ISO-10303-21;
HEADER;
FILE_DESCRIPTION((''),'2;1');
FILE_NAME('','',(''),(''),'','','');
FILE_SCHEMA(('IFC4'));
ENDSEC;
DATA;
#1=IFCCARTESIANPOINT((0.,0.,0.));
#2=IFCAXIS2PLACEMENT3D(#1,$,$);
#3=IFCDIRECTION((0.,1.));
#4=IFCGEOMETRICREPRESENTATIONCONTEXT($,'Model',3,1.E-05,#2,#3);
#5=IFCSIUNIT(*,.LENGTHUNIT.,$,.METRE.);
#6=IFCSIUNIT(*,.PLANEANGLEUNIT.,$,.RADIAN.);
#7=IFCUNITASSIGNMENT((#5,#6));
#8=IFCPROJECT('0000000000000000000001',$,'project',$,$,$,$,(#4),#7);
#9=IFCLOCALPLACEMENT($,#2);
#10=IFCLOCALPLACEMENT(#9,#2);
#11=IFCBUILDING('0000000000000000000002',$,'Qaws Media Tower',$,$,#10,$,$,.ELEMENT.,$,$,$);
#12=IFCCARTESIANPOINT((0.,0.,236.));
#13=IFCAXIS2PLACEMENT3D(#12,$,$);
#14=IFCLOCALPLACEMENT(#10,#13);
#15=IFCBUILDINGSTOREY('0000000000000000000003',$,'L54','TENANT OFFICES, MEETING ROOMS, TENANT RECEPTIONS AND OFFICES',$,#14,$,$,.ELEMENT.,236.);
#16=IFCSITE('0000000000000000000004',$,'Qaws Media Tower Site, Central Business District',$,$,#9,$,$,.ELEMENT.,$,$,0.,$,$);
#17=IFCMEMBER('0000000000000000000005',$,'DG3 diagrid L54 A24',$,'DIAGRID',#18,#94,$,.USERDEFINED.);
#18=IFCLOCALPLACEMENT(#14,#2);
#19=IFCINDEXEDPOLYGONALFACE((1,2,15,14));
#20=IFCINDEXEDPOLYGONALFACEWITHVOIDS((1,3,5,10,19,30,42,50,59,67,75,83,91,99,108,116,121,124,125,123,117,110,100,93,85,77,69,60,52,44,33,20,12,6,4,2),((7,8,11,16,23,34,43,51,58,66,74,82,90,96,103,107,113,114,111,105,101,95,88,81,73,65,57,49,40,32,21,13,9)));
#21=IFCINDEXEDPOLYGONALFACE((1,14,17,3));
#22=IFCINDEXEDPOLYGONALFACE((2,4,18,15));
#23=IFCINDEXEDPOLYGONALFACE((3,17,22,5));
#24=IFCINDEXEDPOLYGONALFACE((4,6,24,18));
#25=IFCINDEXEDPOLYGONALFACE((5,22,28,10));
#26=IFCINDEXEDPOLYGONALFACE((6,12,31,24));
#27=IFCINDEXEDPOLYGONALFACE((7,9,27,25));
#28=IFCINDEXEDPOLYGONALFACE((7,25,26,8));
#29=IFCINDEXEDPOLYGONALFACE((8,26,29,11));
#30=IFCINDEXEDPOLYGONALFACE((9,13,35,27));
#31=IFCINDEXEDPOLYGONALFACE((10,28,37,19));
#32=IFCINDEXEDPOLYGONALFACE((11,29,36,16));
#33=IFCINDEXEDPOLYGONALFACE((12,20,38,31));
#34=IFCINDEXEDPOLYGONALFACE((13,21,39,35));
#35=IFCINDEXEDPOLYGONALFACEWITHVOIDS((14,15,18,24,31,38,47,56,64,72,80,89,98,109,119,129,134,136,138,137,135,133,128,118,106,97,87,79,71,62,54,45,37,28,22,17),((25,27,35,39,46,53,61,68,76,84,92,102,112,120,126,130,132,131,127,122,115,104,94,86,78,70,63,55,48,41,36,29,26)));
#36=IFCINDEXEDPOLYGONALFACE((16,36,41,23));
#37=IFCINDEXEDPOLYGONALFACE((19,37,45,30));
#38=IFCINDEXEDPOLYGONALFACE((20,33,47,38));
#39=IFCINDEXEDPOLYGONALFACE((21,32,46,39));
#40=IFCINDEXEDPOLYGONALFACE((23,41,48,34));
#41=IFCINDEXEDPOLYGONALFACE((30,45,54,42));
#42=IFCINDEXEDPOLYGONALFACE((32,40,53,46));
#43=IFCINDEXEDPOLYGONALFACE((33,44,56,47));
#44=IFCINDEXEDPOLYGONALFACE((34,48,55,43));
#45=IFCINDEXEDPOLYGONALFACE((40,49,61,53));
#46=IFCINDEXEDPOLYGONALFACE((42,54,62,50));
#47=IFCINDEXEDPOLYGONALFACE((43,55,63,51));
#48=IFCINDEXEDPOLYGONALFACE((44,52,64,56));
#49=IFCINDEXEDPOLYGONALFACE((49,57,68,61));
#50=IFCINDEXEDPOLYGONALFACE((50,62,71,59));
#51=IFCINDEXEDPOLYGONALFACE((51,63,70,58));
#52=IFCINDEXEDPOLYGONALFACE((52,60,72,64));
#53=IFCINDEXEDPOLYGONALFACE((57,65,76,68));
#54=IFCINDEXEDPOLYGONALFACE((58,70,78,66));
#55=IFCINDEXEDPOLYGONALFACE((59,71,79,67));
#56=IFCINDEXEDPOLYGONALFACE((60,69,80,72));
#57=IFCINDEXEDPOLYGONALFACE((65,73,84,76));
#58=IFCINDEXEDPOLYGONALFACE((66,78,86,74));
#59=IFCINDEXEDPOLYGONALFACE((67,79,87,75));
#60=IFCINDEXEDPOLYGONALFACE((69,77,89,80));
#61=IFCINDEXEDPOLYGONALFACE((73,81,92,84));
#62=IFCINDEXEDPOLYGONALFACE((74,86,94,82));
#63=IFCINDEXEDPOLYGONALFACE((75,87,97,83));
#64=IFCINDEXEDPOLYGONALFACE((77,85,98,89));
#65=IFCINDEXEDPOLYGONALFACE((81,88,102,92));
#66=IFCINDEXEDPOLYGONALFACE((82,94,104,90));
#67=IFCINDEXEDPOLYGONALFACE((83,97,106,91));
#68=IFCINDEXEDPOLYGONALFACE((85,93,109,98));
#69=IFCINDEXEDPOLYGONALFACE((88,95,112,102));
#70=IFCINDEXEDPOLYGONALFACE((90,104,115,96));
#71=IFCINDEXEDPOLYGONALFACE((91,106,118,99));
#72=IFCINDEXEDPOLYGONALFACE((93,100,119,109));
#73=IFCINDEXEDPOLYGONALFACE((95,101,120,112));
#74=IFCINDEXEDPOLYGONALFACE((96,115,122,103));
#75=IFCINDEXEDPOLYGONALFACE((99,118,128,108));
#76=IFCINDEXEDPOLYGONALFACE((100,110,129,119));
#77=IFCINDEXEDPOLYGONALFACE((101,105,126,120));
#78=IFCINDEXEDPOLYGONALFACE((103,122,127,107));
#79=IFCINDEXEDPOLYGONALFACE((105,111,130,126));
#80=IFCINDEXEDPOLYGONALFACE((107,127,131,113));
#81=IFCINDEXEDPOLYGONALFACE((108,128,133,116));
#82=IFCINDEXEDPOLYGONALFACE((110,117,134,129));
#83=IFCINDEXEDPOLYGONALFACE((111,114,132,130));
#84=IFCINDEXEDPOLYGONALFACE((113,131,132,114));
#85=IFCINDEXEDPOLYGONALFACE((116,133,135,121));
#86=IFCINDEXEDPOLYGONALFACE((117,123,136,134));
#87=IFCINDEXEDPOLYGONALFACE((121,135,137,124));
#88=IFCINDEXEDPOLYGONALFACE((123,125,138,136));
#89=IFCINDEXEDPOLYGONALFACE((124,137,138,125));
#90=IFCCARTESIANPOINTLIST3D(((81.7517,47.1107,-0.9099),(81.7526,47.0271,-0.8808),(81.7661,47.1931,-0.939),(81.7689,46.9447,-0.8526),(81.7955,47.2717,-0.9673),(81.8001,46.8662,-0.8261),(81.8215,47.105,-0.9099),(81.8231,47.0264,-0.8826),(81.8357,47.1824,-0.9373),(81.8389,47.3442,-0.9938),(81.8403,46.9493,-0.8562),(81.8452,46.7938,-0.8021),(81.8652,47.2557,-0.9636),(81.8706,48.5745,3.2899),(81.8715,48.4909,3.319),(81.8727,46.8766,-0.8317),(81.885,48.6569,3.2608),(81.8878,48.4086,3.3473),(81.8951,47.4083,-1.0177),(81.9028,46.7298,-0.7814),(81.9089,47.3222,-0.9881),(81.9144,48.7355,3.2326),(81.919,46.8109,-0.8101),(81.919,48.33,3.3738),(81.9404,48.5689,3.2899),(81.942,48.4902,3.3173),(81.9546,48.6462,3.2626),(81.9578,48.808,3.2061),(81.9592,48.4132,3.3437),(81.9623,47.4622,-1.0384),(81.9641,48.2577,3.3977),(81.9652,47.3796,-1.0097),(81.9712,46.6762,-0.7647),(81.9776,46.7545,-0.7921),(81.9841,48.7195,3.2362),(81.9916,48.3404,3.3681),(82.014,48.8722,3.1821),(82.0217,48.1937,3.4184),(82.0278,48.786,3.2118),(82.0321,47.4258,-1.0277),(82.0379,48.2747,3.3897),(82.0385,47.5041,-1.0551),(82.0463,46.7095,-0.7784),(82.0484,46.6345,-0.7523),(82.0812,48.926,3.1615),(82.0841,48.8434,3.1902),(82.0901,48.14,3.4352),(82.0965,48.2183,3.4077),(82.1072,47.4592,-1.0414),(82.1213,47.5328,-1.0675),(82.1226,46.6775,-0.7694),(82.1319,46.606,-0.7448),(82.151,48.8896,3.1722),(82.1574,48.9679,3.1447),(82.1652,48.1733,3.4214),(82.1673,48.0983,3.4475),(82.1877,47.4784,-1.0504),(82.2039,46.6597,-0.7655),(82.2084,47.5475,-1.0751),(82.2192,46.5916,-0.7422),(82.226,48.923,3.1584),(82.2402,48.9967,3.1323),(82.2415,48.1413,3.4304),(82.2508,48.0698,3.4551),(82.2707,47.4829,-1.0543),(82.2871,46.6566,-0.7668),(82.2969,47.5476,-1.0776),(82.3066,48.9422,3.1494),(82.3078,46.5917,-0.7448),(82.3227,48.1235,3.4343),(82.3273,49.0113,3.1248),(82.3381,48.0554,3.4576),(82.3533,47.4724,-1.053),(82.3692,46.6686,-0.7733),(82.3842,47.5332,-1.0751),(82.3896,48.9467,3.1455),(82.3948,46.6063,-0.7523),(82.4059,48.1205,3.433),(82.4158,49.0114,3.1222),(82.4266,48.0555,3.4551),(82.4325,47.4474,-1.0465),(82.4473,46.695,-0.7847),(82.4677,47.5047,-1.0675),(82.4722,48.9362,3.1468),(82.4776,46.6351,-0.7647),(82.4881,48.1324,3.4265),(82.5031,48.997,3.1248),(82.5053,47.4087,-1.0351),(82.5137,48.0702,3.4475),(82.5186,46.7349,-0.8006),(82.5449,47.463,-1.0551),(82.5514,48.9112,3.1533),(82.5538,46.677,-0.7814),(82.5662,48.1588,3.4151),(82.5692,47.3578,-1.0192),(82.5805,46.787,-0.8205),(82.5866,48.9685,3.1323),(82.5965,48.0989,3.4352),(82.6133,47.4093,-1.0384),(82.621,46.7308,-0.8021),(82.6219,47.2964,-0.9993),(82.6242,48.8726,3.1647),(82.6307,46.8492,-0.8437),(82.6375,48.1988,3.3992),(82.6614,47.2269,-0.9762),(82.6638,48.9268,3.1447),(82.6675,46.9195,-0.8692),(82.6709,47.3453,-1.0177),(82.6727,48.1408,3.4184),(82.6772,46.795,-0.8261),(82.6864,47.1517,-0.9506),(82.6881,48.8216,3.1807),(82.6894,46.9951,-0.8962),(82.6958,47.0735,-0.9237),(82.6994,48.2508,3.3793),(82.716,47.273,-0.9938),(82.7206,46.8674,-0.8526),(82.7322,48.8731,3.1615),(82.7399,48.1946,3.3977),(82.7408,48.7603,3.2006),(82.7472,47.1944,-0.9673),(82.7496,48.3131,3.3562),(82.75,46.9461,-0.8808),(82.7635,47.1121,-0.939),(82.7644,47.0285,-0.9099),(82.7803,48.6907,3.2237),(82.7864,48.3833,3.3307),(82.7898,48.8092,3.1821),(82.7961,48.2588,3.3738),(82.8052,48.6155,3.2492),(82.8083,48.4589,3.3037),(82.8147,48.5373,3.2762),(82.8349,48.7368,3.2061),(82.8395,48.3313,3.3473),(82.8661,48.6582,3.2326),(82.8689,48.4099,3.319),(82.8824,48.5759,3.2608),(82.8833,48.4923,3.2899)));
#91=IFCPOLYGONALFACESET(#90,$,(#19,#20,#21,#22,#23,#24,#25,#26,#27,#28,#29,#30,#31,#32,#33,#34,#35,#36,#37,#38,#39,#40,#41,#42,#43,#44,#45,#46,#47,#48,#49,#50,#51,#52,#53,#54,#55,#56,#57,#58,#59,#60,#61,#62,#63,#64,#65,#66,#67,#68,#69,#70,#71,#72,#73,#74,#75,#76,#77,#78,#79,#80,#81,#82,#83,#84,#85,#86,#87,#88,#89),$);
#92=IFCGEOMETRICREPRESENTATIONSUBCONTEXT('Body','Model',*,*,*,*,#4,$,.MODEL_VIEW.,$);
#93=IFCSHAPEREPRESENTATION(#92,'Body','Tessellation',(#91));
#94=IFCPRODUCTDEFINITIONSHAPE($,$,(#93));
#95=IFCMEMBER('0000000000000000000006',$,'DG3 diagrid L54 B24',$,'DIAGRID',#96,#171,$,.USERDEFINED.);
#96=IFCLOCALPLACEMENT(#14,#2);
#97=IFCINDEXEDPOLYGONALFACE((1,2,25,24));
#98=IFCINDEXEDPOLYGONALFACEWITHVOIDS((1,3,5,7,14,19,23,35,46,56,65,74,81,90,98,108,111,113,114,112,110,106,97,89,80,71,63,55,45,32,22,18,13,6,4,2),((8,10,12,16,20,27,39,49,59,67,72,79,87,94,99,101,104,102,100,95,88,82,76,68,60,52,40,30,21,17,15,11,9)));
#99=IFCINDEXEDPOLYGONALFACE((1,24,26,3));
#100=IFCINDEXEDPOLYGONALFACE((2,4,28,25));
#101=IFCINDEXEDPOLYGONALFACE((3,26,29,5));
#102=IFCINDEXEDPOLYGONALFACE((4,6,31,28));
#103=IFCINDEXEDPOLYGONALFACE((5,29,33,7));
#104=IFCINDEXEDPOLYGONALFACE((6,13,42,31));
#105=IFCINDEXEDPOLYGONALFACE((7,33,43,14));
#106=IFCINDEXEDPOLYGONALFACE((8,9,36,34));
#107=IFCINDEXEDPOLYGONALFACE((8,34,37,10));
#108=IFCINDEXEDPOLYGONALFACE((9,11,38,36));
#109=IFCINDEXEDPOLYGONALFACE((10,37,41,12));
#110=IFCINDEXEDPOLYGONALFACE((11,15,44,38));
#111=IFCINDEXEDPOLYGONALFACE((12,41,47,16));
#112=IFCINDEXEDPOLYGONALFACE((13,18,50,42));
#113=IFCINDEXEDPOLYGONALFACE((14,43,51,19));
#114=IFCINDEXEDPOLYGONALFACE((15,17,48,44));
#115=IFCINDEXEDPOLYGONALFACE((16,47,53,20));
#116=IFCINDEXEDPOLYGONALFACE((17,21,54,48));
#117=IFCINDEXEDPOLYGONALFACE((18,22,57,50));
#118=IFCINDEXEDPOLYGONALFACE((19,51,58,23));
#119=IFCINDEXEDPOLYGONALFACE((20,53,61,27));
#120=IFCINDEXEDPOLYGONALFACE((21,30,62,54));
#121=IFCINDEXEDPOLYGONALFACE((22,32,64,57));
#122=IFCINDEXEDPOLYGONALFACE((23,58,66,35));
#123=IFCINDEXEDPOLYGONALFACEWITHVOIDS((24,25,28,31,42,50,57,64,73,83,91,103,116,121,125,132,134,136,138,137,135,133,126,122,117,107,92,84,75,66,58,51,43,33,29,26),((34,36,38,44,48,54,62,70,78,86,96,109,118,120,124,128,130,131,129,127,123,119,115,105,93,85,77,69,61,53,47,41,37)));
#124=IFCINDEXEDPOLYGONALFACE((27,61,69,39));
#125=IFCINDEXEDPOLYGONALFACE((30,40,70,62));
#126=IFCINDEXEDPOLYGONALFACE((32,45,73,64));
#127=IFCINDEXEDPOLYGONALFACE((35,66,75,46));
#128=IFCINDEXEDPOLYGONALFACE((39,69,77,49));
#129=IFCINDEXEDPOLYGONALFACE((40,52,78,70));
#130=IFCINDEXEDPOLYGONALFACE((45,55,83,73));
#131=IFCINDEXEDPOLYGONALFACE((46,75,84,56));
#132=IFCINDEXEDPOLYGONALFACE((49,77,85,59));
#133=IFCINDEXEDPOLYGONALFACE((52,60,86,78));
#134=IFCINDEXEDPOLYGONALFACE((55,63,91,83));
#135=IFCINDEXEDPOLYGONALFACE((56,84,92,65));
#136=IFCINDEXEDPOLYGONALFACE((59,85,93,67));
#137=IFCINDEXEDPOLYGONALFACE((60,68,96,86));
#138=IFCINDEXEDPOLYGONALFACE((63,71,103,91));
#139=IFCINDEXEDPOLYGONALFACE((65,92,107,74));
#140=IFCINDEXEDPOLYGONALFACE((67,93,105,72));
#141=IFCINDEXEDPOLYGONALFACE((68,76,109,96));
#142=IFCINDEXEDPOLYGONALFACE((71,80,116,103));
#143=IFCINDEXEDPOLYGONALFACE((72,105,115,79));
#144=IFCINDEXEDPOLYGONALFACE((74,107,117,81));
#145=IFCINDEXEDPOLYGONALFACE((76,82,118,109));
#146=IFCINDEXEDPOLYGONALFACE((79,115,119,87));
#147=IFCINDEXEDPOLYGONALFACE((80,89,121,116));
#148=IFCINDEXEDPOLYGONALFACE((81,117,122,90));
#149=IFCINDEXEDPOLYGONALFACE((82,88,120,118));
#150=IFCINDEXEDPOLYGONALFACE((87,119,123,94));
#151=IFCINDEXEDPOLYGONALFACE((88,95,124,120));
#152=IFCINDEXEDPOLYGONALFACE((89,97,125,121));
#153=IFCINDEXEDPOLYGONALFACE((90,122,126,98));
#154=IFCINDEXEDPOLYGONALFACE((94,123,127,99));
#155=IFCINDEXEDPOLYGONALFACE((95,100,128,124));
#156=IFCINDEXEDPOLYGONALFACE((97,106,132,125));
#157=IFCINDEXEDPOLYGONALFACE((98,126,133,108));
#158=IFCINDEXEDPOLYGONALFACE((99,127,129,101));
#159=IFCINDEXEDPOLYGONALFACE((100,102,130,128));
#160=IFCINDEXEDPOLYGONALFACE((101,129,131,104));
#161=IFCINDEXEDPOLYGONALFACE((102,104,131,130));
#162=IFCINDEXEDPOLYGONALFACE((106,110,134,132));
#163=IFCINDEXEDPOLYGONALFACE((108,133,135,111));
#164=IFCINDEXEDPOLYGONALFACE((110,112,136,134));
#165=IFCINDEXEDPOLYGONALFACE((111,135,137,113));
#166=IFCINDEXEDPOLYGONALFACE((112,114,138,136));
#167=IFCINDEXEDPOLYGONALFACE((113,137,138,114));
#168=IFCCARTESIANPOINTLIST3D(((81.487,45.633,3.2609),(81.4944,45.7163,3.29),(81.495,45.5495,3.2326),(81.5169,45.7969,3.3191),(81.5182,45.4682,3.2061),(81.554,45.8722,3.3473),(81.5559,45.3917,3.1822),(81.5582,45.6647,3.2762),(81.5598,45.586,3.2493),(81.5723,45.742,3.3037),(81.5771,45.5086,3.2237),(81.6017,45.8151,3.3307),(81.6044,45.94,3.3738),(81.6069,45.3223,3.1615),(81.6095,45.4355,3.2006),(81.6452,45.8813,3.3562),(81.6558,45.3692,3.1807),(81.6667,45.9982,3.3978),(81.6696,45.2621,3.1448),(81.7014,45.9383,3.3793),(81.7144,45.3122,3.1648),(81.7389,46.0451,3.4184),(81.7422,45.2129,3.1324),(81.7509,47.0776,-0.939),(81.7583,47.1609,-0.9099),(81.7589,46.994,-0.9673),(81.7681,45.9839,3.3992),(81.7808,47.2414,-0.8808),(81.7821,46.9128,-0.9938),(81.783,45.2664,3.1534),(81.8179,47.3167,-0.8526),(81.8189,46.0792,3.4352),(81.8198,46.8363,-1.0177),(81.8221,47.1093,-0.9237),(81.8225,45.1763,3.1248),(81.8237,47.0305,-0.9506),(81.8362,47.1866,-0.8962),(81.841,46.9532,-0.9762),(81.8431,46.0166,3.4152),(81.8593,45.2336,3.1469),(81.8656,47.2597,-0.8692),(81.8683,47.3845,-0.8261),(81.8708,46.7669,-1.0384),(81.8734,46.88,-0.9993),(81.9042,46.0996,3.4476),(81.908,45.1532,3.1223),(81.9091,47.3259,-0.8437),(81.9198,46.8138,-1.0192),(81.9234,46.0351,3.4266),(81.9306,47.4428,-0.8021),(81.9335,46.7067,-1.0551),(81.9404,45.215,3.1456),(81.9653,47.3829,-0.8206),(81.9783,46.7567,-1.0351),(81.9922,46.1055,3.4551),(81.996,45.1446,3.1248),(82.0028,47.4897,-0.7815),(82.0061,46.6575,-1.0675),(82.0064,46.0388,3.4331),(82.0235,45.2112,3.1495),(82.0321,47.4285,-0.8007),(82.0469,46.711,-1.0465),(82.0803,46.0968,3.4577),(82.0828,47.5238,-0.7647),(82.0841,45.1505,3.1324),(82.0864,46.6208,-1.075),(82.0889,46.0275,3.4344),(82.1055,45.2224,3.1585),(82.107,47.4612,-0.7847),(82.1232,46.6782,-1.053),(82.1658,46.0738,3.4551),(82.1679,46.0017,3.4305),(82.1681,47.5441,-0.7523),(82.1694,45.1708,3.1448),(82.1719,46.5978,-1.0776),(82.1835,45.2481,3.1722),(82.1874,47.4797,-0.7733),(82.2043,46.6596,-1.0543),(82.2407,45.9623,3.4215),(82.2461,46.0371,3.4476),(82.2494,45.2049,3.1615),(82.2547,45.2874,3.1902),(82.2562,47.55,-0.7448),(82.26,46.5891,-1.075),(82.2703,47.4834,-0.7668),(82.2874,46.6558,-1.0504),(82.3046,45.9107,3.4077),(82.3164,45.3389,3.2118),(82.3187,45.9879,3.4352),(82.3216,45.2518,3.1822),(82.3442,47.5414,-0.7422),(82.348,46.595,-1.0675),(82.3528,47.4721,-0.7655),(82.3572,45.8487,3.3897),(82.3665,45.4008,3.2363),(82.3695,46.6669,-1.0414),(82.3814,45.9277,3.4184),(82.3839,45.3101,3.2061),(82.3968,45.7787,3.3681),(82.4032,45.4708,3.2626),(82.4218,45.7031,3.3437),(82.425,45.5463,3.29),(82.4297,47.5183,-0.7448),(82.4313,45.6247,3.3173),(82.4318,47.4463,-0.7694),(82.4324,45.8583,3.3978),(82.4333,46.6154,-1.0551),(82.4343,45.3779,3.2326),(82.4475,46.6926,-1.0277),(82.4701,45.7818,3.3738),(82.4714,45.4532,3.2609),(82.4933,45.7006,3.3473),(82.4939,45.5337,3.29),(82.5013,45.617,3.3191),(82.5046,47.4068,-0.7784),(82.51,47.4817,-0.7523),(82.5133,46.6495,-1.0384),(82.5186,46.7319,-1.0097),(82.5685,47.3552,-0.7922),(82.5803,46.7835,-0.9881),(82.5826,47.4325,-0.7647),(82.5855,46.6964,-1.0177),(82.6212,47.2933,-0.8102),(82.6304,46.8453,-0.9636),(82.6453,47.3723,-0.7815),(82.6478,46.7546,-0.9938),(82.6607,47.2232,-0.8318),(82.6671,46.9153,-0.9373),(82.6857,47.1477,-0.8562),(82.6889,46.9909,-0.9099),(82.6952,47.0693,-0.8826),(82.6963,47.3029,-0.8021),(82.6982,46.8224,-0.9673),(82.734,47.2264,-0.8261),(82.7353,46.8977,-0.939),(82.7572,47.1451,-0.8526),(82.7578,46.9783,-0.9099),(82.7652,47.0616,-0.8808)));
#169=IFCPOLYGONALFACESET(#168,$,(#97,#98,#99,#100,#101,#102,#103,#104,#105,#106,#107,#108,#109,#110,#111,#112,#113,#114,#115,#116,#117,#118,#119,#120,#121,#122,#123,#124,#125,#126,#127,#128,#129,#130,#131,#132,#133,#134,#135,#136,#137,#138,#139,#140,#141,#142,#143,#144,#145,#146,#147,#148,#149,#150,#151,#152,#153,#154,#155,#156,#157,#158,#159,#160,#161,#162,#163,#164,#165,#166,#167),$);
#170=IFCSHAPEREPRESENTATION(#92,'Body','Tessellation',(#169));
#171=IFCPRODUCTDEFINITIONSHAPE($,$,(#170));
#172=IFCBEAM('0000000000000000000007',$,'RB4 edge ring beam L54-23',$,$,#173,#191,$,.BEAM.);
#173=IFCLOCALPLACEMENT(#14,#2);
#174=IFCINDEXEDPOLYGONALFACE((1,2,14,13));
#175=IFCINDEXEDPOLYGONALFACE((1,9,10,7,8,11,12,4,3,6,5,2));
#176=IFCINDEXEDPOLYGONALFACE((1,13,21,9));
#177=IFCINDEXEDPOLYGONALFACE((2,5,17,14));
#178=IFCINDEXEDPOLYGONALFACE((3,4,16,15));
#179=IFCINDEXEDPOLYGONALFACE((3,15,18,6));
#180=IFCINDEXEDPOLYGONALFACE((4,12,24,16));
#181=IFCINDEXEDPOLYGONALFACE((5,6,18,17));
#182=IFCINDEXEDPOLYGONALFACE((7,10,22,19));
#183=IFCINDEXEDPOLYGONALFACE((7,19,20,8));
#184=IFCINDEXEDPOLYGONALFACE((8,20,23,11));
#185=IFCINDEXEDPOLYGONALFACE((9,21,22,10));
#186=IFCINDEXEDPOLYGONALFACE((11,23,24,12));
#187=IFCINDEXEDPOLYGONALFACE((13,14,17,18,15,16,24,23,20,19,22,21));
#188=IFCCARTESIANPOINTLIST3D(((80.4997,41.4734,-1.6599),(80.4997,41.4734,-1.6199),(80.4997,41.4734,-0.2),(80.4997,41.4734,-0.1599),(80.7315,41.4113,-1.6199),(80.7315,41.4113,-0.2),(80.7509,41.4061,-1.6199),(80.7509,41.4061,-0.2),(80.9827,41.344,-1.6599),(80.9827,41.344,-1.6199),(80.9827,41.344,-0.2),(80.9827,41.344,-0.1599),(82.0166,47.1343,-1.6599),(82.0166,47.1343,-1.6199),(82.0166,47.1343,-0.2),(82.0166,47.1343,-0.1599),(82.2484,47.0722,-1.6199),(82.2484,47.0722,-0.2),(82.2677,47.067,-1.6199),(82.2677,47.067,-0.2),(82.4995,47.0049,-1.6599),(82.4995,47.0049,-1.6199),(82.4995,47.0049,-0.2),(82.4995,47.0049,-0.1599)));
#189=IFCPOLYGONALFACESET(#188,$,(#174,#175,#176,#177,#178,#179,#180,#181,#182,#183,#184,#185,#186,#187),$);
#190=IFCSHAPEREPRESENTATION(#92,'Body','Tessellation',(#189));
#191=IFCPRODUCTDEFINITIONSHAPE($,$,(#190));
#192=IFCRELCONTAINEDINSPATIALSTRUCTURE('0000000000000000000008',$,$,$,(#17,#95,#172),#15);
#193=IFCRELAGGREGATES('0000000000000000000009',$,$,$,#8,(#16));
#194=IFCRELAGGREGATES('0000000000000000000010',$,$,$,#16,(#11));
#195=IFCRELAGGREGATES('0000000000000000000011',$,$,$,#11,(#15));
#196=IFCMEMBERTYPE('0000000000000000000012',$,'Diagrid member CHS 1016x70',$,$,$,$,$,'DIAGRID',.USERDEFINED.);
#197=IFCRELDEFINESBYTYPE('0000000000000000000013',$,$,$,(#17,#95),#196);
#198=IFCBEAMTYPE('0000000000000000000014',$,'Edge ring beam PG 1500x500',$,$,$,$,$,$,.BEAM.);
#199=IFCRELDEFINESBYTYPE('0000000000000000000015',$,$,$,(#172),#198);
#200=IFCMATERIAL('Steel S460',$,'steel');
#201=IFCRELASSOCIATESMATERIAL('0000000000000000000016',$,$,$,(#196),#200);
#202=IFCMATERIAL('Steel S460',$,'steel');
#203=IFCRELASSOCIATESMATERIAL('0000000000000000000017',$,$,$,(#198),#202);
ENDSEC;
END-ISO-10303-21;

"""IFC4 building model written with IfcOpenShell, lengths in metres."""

from ifc_helpers import new_model, si_unit, direction, frame, origin, origin_2d, place, context, subcontext, project, spatial, hollow_circle, i_section, extrude, material, material_profile, profile_set, type_object, element, save


model = new_model("IFC4")

# Units and contexts
model_context = context("Model", 3, precision=1e-05, world=origin(), true_north=direction((0.0, 1.0)))
body_context = subcontext(model_context, "Body", "Model", "MODEL_VIEW")
ifc_project = project(units=[si_unit("LENGTHUNIT", "METRE"), si_unit("PLANEANGLEUNIT", "RADIAN")], contexts=[model_context])

# Site, building, storey
site_placement = place(None, origin())
site = spatial("IfcSite", under=ifc_project, at=site_placement, Name="Qaws Media Tower Site, Central Business District", CompositionType="ELEMENT", RefElevation=0.0)
building_placement = place(site_placement, origin())
building = spatial("IfcBuilding", under=site, at=building_placement, Name="Qaws Media Tower", CompositionType="ELEMENT")
storey_placement = place(building_placement, frame((0.0, 0.0, 236.0)))
storey = spatial("IfcBuildingStorey", under=building, at=storey_placement, Name="L54", Description="TENANT OFFICES, MEETING ROOMS, TENANT RECEPTIONS AND OFFICES", CompositionType="ELEMENT", Elevation=236.0)

# Members
ifc_material_1 = material(Name="Steel S460", Category="steel")
ifc_material_profile_1 = material_profile(ifc_material_1, hollow_circle(Radius=0.5081, WallThickness=0.0701, at=origin_2d()), Name="CHS 1016x70")
ifc_profile_set_1 = profile_set([ifc_material_profile_1], Name="Steel S460")
member_type_1 = type_object("IfcMemberType", Name="Diagrid member CHS 1016x70", ElementType="DIAGRID", PredefinedType="USERDEFINED", material=ifc_profile_set_1)
for number, where, z_axis, x_axis, name in (
    (1, (82.2581, 47.0696, -0.9099), (0.026722, 0.329008, 0.943949), (-0.996718, 0.080954, 0.0), "DG3 diagrid L54 A24"),
    (2, (82.2581, 47.0696, -0.9099), (-0.059317, -0.324678, 0.943963), (0.983718, -0.179719, 0.0), "DG3 diagrid L54 B24"),
):
    element("IfcMember", number, at=place(storey_placement, frame(where, z_axis=z_axis, x_axis=x_axis)), inside=storey, type_object=member_type_1, Name=name, ObjectType="DIAGRID", PredefinedType="USERDEFINED", context=body_context, shape_type="SweptSolid", body=[
        extrude(hollow_circle(Radius=0.5081, WallThickness=0.0701, at=origin_2d()), origin(), (0.0, 0.0, 1.0), 4.4492),
    ])

# Beam
ifc_material_2 = material(Name="Steel S460", Category="steel")
ifc_material_profile_2 = material_profile(ifc_material_2, i_section(OverallWidth=0.5, OverallDepth=1.5, WebThickness=0.02, FlangeThickness=0.04, at=origin_2d()), Name="PG 1500x500")
ifc_profile_set_2 = profile_set([ifc_material_profile_2], Name="Steel S460")
beam_type_1 = type_object("IfcBeamType", Name="Edge ring beam PG 1500x500", PredefinedType="BEAM", material=ifc_profile_set_2)
beam_1_placement = place(storey_placement, frame((80.7412, 41.4087, -0.9099), z_axis=(0.258821, 0.965925, 0.0), x_axis=(-0.965925, 0.258821, 0.0)))
element("IfcBeam", 3, at=beam_1_placement, inside=storey, type_object=beam_type_1, Name="RB4 edge ring beam L54-23", PredefinedType="BEAM", context=body_context, shape_type="SweptSolid", body=[
    extrude(i_section(OverallWidth=0.5, OverallDepth=1.5, WebThickness=0.02, FlangeThickness=0.04, at=origin_2d()), origin(), (0.0, 0.0, 1.0), 5.8606),
])

save(model, "model.ifc")
